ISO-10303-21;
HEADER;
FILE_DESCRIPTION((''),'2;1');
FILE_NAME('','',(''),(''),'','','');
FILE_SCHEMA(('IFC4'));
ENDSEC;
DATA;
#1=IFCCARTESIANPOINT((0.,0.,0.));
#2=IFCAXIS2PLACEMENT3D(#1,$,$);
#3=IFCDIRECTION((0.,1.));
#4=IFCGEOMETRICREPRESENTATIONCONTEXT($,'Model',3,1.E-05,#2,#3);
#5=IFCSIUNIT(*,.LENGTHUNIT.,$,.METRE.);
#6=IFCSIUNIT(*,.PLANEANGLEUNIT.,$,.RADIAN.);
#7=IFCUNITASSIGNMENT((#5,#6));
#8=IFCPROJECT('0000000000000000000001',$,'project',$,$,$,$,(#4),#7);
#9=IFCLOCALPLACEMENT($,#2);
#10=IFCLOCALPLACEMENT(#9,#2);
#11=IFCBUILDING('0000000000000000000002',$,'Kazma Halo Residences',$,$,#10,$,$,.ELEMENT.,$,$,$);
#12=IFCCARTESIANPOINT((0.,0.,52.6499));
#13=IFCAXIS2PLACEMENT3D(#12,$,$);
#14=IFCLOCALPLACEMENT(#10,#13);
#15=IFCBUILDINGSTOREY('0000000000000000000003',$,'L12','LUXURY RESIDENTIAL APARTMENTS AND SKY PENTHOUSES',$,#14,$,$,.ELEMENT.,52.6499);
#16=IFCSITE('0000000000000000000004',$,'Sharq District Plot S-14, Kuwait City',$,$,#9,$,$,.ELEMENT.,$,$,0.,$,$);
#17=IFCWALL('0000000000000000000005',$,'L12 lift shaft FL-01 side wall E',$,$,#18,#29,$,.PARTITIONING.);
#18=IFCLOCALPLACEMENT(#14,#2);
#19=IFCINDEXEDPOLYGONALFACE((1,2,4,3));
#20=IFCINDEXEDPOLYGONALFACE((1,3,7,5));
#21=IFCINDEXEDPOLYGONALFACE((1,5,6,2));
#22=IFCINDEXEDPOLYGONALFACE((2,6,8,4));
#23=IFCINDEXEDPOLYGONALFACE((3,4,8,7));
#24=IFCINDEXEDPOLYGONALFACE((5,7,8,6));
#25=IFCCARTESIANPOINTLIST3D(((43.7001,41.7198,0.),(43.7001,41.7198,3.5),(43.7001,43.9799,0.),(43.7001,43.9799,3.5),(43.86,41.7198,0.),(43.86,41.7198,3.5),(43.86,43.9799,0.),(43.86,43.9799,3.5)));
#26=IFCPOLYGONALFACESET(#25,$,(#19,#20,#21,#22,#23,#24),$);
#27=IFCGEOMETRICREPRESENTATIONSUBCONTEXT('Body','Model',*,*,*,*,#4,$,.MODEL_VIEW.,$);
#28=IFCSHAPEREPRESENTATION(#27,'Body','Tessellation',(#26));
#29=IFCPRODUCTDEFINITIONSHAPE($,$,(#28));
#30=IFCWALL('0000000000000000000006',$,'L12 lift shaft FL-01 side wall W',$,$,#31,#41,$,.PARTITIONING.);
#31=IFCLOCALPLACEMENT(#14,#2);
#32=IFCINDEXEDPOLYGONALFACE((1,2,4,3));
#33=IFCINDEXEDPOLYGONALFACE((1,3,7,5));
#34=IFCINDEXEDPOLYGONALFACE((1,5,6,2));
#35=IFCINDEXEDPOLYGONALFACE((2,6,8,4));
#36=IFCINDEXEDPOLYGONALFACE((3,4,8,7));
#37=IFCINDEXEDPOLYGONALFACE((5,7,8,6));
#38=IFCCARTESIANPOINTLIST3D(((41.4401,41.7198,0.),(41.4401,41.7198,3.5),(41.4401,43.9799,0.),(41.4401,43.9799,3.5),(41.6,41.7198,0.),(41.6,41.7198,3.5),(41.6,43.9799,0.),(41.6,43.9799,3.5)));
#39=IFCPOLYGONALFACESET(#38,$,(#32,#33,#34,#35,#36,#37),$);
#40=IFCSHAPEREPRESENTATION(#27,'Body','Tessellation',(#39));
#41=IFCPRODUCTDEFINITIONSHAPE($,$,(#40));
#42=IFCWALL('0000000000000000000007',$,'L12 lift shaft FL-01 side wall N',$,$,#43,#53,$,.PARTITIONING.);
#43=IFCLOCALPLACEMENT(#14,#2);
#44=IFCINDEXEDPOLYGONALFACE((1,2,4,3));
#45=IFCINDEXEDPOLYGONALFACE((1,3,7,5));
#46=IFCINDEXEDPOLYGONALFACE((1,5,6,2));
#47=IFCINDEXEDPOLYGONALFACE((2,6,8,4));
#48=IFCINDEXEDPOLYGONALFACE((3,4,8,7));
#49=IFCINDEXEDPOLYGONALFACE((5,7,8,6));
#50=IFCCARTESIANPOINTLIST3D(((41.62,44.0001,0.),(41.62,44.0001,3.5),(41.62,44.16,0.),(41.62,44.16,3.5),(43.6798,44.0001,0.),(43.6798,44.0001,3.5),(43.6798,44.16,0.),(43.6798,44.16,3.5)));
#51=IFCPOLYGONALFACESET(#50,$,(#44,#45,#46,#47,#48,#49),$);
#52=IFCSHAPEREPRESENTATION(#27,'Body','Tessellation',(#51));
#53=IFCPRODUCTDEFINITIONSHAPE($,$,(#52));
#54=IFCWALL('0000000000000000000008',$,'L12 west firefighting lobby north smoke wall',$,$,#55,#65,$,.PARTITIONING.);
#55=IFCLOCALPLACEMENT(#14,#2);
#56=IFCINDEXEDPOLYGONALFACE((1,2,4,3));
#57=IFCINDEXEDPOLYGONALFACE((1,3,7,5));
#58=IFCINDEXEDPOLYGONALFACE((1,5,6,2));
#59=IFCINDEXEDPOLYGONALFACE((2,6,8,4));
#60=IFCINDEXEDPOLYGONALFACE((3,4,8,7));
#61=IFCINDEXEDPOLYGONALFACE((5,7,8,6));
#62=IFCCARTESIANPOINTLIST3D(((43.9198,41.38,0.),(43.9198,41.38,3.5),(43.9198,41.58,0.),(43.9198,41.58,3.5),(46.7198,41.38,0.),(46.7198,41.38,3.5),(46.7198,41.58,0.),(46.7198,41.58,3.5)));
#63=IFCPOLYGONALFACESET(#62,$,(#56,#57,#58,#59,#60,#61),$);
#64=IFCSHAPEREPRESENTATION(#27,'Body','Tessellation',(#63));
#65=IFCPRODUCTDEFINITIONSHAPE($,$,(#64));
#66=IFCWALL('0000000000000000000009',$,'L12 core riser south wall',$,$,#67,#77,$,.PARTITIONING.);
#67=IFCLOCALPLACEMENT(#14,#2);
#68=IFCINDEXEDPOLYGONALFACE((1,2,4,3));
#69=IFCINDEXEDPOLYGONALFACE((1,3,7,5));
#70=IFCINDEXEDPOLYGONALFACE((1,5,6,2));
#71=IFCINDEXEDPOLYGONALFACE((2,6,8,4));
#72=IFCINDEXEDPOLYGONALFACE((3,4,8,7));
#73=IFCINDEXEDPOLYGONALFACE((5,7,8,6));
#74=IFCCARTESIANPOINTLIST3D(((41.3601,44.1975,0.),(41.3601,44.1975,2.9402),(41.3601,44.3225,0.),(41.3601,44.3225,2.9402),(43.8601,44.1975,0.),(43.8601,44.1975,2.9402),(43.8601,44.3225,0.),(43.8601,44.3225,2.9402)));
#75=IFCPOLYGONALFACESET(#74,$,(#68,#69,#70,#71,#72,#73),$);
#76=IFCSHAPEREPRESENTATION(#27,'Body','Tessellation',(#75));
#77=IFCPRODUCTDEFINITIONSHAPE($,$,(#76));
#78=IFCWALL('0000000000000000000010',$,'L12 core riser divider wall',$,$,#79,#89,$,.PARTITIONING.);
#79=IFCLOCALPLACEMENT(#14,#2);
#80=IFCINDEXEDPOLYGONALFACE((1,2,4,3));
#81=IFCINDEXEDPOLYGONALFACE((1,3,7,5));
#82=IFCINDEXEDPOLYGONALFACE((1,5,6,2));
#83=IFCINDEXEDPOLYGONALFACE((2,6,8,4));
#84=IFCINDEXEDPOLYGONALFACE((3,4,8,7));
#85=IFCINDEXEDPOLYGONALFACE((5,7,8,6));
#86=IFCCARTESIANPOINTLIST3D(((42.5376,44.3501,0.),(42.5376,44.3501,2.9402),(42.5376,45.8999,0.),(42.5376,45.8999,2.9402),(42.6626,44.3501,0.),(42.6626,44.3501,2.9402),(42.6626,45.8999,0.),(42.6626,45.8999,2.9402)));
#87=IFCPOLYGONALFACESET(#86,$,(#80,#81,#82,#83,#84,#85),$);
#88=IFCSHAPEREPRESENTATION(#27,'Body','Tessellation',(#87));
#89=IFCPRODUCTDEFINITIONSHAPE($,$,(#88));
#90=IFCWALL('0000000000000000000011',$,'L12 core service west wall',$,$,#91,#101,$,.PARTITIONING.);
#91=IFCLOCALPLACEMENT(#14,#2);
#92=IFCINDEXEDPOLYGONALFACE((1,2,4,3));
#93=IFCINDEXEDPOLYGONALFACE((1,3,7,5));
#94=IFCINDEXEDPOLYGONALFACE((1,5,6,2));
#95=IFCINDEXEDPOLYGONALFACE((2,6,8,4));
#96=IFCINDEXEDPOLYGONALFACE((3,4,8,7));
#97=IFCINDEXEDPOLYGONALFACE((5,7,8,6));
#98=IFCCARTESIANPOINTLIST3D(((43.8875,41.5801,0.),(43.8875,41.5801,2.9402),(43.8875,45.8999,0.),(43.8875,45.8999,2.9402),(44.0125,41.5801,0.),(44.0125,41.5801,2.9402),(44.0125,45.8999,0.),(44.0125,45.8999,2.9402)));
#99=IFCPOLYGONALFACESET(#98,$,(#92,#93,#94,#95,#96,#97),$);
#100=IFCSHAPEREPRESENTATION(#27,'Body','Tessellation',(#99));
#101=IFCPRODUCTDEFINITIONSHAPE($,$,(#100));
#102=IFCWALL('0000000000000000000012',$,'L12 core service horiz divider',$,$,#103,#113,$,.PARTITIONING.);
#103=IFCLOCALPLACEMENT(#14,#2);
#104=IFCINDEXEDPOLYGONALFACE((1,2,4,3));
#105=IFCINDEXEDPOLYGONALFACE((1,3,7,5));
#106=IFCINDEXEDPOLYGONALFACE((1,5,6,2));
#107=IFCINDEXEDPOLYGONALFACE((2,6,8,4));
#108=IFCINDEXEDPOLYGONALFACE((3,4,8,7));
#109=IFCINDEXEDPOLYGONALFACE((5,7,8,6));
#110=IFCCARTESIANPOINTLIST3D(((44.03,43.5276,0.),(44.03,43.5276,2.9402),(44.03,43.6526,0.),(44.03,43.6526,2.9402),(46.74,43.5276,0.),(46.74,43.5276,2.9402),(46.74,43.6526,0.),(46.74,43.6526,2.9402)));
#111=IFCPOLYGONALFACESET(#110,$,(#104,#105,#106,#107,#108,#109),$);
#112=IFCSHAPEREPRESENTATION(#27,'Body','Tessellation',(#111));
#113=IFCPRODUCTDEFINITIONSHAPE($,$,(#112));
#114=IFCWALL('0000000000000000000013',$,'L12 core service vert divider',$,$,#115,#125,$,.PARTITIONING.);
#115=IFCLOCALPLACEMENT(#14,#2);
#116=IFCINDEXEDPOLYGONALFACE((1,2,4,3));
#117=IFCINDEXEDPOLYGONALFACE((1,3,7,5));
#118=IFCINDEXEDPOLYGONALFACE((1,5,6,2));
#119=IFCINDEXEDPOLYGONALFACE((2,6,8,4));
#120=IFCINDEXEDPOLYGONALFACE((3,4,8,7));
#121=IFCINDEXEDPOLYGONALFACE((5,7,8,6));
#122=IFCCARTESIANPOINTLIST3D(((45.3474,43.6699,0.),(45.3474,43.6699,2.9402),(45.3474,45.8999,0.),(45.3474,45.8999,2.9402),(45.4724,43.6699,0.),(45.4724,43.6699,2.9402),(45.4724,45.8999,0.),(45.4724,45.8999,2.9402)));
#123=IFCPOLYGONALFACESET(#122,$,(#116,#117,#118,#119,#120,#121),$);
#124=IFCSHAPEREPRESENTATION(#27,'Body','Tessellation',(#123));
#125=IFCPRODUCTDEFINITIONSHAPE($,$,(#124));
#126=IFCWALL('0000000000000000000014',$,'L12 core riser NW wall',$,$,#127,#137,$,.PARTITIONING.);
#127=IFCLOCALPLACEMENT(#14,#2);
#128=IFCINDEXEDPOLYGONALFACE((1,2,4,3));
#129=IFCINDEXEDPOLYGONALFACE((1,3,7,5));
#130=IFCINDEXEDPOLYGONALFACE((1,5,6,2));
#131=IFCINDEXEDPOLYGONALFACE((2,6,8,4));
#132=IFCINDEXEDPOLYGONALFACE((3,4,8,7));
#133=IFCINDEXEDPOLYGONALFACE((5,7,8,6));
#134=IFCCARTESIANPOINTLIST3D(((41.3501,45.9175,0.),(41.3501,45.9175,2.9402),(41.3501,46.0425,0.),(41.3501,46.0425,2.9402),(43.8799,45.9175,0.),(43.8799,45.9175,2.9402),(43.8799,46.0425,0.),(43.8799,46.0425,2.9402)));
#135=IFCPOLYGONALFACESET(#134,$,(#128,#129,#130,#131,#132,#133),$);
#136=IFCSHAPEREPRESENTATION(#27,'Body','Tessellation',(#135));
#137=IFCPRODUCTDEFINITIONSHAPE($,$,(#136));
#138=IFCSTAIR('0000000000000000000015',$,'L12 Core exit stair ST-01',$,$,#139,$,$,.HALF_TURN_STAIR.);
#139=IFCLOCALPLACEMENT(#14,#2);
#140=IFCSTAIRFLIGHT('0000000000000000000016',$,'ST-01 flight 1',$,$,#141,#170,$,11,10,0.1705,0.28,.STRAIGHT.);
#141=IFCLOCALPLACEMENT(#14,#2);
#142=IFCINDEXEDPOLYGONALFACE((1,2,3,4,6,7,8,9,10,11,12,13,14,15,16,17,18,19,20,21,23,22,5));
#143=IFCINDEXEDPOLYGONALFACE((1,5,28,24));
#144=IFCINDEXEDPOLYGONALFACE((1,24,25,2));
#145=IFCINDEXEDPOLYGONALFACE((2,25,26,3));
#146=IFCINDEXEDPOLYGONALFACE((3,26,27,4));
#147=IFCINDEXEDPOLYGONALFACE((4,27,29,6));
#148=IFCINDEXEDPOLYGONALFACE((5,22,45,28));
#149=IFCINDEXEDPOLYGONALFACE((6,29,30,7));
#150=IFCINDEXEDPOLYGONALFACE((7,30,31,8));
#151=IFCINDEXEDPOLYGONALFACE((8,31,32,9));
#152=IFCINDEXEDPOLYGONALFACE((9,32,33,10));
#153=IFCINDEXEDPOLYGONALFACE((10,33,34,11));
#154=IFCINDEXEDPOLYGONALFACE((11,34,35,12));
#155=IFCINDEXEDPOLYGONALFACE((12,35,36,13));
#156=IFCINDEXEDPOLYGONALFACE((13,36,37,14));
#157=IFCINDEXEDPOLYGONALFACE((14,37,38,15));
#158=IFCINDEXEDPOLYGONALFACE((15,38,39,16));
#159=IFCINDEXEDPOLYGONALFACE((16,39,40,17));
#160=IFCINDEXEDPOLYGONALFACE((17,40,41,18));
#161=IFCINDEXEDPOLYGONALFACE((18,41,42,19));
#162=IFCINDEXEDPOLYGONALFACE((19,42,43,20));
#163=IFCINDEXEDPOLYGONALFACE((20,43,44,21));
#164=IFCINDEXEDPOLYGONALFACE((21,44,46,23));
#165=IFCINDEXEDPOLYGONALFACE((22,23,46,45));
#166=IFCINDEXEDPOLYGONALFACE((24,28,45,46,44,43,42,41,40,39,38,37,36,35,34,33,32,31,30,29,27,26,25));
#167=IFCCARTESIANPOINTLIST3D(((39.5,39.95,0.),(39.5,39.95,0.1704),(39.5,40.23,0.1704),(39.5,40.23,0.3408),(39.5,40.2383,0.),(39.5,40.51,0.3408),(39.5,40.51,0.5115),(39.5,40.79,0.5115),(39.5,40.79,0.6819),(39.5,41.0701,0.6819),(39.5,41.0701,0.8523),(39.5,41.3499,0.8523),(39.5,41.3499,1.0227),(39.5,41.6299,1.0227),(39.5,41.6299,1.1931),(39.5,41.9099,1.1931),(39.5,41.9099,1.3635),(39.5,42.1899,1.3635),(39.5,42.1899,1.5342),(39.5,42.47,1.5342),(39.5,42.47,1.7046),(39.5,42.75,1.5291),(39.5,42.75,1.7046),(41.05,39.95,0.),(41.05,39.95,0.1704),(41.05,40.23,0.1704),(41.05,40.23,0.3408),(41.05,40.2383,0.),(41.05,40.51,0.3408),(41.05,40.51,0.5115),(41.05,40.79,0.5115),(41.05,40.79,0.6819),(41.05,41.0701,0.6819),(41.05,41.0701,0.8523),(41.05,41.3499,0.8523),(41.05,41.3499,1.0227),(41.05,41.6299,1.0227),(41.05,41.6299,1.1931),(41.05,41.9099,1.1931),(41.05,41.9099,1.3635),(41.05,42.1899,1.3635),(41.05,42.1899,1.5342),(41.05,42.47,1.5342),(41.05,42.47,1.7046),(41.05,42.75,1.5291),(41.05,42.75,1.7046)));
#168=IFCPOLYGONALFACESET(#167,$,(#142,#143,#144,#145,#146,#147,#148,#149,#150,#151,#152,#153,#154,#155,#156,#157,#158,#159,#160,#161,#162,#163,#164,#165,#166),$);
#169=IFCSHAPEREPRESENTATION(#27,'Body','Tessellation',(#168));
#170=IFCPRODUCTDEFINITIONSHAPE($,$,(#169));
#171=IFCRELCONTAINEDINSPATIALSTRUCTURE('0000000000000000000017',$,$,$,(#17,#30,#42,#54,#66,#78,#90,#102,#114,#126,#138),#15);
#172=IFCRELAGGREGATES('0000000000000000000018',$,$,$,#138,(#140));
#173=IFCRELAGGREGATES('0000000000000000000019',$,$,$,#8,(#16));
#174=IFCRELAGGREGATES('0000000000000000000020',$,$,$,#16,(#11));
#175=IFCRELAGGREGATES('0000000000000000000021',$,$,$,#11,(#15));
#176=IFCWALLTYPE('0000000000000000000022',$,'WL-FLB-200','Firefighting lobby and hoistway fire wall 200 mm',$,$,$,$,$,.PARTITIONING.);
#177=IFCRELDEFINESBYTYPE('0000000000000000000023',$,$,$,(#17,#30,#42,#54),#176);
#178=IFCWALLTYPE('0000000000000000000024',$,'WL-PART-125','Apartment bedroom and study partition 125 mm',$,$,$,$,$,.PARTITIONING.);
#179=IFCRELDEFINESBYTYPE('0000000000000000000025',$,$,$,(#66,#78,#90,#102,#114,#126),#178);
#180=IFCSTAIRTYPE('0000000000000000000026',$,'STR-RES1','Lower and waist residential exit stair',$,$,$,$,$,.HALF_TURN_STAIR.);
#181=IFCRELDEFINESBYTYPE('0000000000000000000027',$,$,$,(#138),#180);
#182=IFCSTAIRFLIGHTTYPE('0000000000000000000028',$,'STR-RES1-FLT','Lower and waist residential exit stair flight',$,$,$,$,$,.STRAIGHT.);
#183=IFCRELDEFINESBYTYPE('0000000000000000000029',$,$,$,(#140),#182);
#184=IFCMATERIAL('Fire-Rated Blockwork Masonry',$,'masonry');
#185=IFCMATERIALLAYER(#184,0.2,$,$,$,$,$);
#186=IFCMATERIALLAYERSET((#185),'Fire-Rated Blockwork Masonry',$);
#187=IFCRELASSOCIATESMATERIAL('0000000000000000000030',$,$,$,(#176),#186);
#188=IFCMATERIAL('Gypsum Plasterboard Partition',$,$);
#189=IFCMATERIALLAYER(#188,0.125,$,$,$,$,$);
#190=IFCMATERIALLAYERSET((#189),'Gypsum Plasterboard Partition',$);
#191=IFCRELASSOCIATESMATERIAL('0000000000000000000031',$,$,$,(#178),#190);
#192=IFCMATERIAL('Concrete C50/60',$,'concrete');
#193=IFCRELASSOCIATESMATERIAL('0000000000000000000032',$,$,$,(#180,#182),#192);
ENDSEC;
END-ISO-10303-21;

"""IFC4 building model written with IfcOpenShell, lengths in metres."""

from ifc_helpers import new_model, si_unit, direction, frame, frame_2d, origin, place, context, subcontext, project, spatial, polyline, rectangle, outline, extrude, material, layer, layer_set, type_object, element, aggregate, save


model = new_model("IFC4")

# Units and contexts
model_context = context("Model", 3, precision=1e-05, world=origin(), true_north=direction((0.0, 1.0)))
body_context = subcontext(model_context, "Body", "Model", "MODEL_VIEW")
ifc_project = project(units=[si_unit("LENGTHUNIT", "METRE"), si_unit("PLANEANGLEUNIT", "RADIAN")], contexts=[model_context])

# Site, building, storey
site_placement = place(None, origin())
site = spatial("IfcSite", under=ifc_project, at=site_placement, Name="Sharq District Plot S-14, Kuwait City", CompositionType="ELEMENT", RefElevation=0.0)
building_placement = place(site_placement, origin())
building = spatial("IfcBuilding", under=site, at=building_placement, Name="Kazma Halo Residences", CompositionType="ELEMENT")
storey_placement = place(building_placement, frame((0.0, 0.0, 52.6499)))
storey = spatial("IfcBuildingStorey", under=building, at=storey_placement, Name="L12", Description="LUXURY RESIDENTIAL APARTMENTS AND SKY PENTHOUSES", CompositionType="ELEMENT", Elevation=52.6499)

# Shared definitions
ifc_material_1 = material(Name="Fire-Rated Blockwork Masonry", Category="masonry")
ifc_layer_1 = layer(ifc_material_1, 0.2)
ifc_layer_set_1 = layer_set([ifc_layer_1], Name="Fire-Rated Blockwork Masonry")
wall_type_1 = type_object("IfcWallType", Name="WL-FLB-200", Description="Firefighting lobby and hoistway fire wall 200 mm", PredefinedType="PARTITIONING", material=ifc_layer_set_1)

# Walls
for number, where, z_axis, x_axis, name in (
    (1, (43.78, 41.72, 0.0), (0.0, 0.0, 1.0), (0.0, 1.0, 0.0), "L12 lift shaft FL-01 side wall E"),
    (2, (41.52, 41.72, 0.0), (0.0, 0.0, 1.0), (0.0, 1.0, 0.0), "L12 lift shaft FL-01 side wall W"),
):
    element("IfcWall", number, at=place(storey_placement, frame(where, z_axis=z_axis, x_axis=x_axis)), inside=storey, type_object=wall_type_1, Name=name, PredefinedType="PARTITIONING", context=body_context, shape_type="SweptSolid", body=[
        extrude(rectangle(XDim=2.26, YDim=0.1599, at=frame_2d((1.1299, 0.0))), origin(), (0.0, 0.0, 1.0), 3.5),
    ])
wall_1_placement = place(storey_placement, frame((41.6201, 44.0801, 0.0), z_axis=(0.0, 0.0, 1.0), x_axis=(1.0, 0.0, 0.0)))
element("IfcWall", 3, at=wall_1_placement, inside=storey, type_object=wall_type_1, Name="L12 lift shaft FL-01 side wall N", PredefinedType="PARTITIONING", context=body_context, shape_type="SweptSolid", body=[
    extrude(rectangle(XDim=2.0598, YDim=0.1599, at=frame_2d((1.0298, 0.0))), origin(), (0.0, 0.0, 1.0), 3.5),
])
wall_2_placement = place(storey_placement, frame((43.9199, 41.48, 0.0), z_axis=(0.0, 0.0, 1.0), x_axis=(1.0, 0.0, 0.0)))
element("IfcWall", 4, at=wall_2_placement, inside=storey, type_object=wall_type_1, Name="L12 west firefighting lobby north smoke wall", PredefinedType="PARTITIONING", context=body_context, shape_type="SweptSolid", body=[
    extrude(rectangle(XDim=2.8, YDim=0.2, at=frame_2d((1.3999, 0.0))), origin(), (0.0, 0.0, 1.0), 3.5),
])
ifc_material_2 = material(Name="Gypsum Plasterboard Partition")
ifc_layer_2 = layer(ifc_material_2, 0.125)
ifc_layer_set_2 = layer_set([ifc_layer_2], Name="Gypsum Plasterboard Partition")
wall_type_2 = type_object("IfcWallType", Name="WL-PART-125", Description="Apartment bedroom and study partition 125 mm", PredefinedType="PARTITIONING", material=ifc_layer_set_2)
wall_3_placement = place(storey_placement, frame((41.3601, 44.26, 0.0), z_axis=(0.0, 0.0, 1.0), x_axis=(1.0, 0.0, 0.0)))
element("IfcWall", 5, at=wall_3_placement, inside=storey, type_object=wall_type_2, Name="L12 core riser south wall", PredefinedType="PARTITIONING", context=body_context, shape_type="SweptSolid", body=[
    extrude(rectangle(XDim=2.5, YDim=0.125, at=frame_2d((1.25, 0.0))), origin(), (0.0, 0.0, 1.0), 2.9402),
])
wall_4_placement = place(storey_placement, frame((42.6001, 44.3501, 0.0), z_axis=(0.0, 0.0, 1.0), x_axis=(0.0, 1.0, 0.0)))
element("IfcWall", 6, at=wall_4_placement, inside=storey, type_object=wall_type_2, Name="L12 core riser divider wall", PredefinedType="PARTITIONING", context=body_context, shape_type="SweptSolid", body=[
    extrude(rectangle(XDim=1.5498, YDim=0.125, at=frame_2d((0.7749, 0.0))), origin(), (0.0, 0.0, 1.0), 2.9402),
])
wall_5_placement = place(storey_placement, frame((43.95, 41.5801, 0.0), z_axis=(0.0, 0.0, 1.0), x_axis=(0.0, 1.0, 0.0)))
element("IfcWall", 7, at=wall_5_placement, inside=storey, type_object=wall_type_2, Name="L12 core service west wall", PredefinedType="PARTITIONING", context=body_context, shape_type="SweptSolid", body=[
    extrude(rectangle(XDim=4.3198, YDim=0.125, at=frame_2d((2.1599, 0.0))), origin(), (0.0, 0.0, 1.0), 2.9402),
])
wall_6_placement = place(storey_placement, frame((44.03, 43.5901, 0.0), z_axis=(0.0, 0.0, 1.0), x_axis=(1.0, 0.0, 0.0)))
element("IfcWall", 8, at=wall_6_placement, inside=storey, type_object=wall_type_2, Name="L12 core service horiz divider", PredefinedType="PARTITIONING", context=body_context, shape_type="SweptSolid", body=[
    extrude(rectangle(XDim=2.71, YDim=0.125, at=frame_2d((1.355, 0.0))), origin(), (0.0, 0.0, 1.0), 2.9402),
])
wall_7_placement = place(storey_placement, frame((45.4099, 43.6699, 0.0), z_axis=(0.0, 0.0, 1.0), x_axis=(0.0, 1.0, 0.0)))
element("IfcWall", 9, at=wall_7_placement, inside=storey, type_object=wall_type_2, Name="L12 core service vert divider", PredefinedType="PARTITIONING", context=body_context, shape_type="SweptSolid", body=[
    extrude(rectangle(XDim=2.23, YDim=0.125, at=frame_2d((1.115, 0.0))), origin(), (0.0, 0.0, 1.0), 2.9402),
])
wall_8_placement = place(storey_placement, frame((41.3501, 45.98, 0.0), z_axis=(0.0, 0.0, 1.0), x_axis=(1.0, 0.0, 0.0)))
element("IfcWall", 10, at=wall_8_placement, inside=storey, type_object=wall_type_2, Name="L12 core riser NW wall", PredefinedType="PARTITIONING", context=body_context, shape_type="SweptSolid", body=[
    extrude(rectangle(XDim=2.5298, YDim=0.125, at=frame_2d((1.2649, 0.0))), origin(), (0.0, 0.0, 1.0), 2.9402),
])

# Stair, stair flight
ifc_material_3 = material(Name="Concrete C50/60", Category="concrete")
stair_type = type_object("IfcStairType", Name="STR-RES1", Description="Lower and waist residential exit stair", PredefinedType="HALF_TURN_STAIR", material=ifc_material_3)
stair_placement = place(storey_placement, origin())
stair = element("IfcStair", 11, at=stair_placement, inside=storey, type_object=stair_type, Name="L12 Core exit stair ST-01", PredefinedType="HALF_TURN_STAIR")
stair_flight_type = type_object("IfcStairFlightType", Name="STR-RES1-FLT", Description="Lower and waist residential exit stair flight", PredefinedType="STRAIGHT", material=ifc_material_3)
stair_flight_1_placement = place(storey_placement, frame((40.2749, 39.95, 0.0), z_axis=(0.0, 0.0, 1.0), x_axis=(0.0, 1.0, 0.0)))
stair_flight_1 = element("IfcStairFlight", 12, at=stair_flight_1_placement, type_object=stair_flight_type, Name="ST-01 flight 1", NumberOfRisers=11, NumberOfTreads=10, PredefinedType="STRAIGHT", RiserHeight=0.1705, TreadLength=0.28, context=body_context, shape_type="SweptSolid", body=[
    extrude(outline(polyline([(0.0, 0.0), (0.0, 0.1704), (0.28, 0.1704), (0.28, 0.3408), (0.5601, 0.3408), (0.5601, 0.5115), (0.8401, 0.5115), (0.8401, 0.6819), (1.1201, 0.6819), (1.1201, 0.8523), (1.3999, 0.8523), (1.3999, 1.0227), (1.6799, 1.0227), (1.6799, 1.1931), (1.96, 1.1931), (1.96, 1.3635), (2.24, 1.3635), (2.24, 1.5342), (2.52, 1.5342), (2.52, 1.7046), (2.8, 1.7046), (2.8, 1.875), (2.8, 1.5291), (0.2883, 0.0), (0.0, 0.0)])), frame((0.0, 0.7749, 0.0), z_axis=(0.0, -1.0, 0.0), x_axis=(1.0, 0.0, 0.0)), (0.0, 0.0, 1.0), 1.55),
])
aggregate(stair, [stair_flight_1])

save(model, "model.ifc")
